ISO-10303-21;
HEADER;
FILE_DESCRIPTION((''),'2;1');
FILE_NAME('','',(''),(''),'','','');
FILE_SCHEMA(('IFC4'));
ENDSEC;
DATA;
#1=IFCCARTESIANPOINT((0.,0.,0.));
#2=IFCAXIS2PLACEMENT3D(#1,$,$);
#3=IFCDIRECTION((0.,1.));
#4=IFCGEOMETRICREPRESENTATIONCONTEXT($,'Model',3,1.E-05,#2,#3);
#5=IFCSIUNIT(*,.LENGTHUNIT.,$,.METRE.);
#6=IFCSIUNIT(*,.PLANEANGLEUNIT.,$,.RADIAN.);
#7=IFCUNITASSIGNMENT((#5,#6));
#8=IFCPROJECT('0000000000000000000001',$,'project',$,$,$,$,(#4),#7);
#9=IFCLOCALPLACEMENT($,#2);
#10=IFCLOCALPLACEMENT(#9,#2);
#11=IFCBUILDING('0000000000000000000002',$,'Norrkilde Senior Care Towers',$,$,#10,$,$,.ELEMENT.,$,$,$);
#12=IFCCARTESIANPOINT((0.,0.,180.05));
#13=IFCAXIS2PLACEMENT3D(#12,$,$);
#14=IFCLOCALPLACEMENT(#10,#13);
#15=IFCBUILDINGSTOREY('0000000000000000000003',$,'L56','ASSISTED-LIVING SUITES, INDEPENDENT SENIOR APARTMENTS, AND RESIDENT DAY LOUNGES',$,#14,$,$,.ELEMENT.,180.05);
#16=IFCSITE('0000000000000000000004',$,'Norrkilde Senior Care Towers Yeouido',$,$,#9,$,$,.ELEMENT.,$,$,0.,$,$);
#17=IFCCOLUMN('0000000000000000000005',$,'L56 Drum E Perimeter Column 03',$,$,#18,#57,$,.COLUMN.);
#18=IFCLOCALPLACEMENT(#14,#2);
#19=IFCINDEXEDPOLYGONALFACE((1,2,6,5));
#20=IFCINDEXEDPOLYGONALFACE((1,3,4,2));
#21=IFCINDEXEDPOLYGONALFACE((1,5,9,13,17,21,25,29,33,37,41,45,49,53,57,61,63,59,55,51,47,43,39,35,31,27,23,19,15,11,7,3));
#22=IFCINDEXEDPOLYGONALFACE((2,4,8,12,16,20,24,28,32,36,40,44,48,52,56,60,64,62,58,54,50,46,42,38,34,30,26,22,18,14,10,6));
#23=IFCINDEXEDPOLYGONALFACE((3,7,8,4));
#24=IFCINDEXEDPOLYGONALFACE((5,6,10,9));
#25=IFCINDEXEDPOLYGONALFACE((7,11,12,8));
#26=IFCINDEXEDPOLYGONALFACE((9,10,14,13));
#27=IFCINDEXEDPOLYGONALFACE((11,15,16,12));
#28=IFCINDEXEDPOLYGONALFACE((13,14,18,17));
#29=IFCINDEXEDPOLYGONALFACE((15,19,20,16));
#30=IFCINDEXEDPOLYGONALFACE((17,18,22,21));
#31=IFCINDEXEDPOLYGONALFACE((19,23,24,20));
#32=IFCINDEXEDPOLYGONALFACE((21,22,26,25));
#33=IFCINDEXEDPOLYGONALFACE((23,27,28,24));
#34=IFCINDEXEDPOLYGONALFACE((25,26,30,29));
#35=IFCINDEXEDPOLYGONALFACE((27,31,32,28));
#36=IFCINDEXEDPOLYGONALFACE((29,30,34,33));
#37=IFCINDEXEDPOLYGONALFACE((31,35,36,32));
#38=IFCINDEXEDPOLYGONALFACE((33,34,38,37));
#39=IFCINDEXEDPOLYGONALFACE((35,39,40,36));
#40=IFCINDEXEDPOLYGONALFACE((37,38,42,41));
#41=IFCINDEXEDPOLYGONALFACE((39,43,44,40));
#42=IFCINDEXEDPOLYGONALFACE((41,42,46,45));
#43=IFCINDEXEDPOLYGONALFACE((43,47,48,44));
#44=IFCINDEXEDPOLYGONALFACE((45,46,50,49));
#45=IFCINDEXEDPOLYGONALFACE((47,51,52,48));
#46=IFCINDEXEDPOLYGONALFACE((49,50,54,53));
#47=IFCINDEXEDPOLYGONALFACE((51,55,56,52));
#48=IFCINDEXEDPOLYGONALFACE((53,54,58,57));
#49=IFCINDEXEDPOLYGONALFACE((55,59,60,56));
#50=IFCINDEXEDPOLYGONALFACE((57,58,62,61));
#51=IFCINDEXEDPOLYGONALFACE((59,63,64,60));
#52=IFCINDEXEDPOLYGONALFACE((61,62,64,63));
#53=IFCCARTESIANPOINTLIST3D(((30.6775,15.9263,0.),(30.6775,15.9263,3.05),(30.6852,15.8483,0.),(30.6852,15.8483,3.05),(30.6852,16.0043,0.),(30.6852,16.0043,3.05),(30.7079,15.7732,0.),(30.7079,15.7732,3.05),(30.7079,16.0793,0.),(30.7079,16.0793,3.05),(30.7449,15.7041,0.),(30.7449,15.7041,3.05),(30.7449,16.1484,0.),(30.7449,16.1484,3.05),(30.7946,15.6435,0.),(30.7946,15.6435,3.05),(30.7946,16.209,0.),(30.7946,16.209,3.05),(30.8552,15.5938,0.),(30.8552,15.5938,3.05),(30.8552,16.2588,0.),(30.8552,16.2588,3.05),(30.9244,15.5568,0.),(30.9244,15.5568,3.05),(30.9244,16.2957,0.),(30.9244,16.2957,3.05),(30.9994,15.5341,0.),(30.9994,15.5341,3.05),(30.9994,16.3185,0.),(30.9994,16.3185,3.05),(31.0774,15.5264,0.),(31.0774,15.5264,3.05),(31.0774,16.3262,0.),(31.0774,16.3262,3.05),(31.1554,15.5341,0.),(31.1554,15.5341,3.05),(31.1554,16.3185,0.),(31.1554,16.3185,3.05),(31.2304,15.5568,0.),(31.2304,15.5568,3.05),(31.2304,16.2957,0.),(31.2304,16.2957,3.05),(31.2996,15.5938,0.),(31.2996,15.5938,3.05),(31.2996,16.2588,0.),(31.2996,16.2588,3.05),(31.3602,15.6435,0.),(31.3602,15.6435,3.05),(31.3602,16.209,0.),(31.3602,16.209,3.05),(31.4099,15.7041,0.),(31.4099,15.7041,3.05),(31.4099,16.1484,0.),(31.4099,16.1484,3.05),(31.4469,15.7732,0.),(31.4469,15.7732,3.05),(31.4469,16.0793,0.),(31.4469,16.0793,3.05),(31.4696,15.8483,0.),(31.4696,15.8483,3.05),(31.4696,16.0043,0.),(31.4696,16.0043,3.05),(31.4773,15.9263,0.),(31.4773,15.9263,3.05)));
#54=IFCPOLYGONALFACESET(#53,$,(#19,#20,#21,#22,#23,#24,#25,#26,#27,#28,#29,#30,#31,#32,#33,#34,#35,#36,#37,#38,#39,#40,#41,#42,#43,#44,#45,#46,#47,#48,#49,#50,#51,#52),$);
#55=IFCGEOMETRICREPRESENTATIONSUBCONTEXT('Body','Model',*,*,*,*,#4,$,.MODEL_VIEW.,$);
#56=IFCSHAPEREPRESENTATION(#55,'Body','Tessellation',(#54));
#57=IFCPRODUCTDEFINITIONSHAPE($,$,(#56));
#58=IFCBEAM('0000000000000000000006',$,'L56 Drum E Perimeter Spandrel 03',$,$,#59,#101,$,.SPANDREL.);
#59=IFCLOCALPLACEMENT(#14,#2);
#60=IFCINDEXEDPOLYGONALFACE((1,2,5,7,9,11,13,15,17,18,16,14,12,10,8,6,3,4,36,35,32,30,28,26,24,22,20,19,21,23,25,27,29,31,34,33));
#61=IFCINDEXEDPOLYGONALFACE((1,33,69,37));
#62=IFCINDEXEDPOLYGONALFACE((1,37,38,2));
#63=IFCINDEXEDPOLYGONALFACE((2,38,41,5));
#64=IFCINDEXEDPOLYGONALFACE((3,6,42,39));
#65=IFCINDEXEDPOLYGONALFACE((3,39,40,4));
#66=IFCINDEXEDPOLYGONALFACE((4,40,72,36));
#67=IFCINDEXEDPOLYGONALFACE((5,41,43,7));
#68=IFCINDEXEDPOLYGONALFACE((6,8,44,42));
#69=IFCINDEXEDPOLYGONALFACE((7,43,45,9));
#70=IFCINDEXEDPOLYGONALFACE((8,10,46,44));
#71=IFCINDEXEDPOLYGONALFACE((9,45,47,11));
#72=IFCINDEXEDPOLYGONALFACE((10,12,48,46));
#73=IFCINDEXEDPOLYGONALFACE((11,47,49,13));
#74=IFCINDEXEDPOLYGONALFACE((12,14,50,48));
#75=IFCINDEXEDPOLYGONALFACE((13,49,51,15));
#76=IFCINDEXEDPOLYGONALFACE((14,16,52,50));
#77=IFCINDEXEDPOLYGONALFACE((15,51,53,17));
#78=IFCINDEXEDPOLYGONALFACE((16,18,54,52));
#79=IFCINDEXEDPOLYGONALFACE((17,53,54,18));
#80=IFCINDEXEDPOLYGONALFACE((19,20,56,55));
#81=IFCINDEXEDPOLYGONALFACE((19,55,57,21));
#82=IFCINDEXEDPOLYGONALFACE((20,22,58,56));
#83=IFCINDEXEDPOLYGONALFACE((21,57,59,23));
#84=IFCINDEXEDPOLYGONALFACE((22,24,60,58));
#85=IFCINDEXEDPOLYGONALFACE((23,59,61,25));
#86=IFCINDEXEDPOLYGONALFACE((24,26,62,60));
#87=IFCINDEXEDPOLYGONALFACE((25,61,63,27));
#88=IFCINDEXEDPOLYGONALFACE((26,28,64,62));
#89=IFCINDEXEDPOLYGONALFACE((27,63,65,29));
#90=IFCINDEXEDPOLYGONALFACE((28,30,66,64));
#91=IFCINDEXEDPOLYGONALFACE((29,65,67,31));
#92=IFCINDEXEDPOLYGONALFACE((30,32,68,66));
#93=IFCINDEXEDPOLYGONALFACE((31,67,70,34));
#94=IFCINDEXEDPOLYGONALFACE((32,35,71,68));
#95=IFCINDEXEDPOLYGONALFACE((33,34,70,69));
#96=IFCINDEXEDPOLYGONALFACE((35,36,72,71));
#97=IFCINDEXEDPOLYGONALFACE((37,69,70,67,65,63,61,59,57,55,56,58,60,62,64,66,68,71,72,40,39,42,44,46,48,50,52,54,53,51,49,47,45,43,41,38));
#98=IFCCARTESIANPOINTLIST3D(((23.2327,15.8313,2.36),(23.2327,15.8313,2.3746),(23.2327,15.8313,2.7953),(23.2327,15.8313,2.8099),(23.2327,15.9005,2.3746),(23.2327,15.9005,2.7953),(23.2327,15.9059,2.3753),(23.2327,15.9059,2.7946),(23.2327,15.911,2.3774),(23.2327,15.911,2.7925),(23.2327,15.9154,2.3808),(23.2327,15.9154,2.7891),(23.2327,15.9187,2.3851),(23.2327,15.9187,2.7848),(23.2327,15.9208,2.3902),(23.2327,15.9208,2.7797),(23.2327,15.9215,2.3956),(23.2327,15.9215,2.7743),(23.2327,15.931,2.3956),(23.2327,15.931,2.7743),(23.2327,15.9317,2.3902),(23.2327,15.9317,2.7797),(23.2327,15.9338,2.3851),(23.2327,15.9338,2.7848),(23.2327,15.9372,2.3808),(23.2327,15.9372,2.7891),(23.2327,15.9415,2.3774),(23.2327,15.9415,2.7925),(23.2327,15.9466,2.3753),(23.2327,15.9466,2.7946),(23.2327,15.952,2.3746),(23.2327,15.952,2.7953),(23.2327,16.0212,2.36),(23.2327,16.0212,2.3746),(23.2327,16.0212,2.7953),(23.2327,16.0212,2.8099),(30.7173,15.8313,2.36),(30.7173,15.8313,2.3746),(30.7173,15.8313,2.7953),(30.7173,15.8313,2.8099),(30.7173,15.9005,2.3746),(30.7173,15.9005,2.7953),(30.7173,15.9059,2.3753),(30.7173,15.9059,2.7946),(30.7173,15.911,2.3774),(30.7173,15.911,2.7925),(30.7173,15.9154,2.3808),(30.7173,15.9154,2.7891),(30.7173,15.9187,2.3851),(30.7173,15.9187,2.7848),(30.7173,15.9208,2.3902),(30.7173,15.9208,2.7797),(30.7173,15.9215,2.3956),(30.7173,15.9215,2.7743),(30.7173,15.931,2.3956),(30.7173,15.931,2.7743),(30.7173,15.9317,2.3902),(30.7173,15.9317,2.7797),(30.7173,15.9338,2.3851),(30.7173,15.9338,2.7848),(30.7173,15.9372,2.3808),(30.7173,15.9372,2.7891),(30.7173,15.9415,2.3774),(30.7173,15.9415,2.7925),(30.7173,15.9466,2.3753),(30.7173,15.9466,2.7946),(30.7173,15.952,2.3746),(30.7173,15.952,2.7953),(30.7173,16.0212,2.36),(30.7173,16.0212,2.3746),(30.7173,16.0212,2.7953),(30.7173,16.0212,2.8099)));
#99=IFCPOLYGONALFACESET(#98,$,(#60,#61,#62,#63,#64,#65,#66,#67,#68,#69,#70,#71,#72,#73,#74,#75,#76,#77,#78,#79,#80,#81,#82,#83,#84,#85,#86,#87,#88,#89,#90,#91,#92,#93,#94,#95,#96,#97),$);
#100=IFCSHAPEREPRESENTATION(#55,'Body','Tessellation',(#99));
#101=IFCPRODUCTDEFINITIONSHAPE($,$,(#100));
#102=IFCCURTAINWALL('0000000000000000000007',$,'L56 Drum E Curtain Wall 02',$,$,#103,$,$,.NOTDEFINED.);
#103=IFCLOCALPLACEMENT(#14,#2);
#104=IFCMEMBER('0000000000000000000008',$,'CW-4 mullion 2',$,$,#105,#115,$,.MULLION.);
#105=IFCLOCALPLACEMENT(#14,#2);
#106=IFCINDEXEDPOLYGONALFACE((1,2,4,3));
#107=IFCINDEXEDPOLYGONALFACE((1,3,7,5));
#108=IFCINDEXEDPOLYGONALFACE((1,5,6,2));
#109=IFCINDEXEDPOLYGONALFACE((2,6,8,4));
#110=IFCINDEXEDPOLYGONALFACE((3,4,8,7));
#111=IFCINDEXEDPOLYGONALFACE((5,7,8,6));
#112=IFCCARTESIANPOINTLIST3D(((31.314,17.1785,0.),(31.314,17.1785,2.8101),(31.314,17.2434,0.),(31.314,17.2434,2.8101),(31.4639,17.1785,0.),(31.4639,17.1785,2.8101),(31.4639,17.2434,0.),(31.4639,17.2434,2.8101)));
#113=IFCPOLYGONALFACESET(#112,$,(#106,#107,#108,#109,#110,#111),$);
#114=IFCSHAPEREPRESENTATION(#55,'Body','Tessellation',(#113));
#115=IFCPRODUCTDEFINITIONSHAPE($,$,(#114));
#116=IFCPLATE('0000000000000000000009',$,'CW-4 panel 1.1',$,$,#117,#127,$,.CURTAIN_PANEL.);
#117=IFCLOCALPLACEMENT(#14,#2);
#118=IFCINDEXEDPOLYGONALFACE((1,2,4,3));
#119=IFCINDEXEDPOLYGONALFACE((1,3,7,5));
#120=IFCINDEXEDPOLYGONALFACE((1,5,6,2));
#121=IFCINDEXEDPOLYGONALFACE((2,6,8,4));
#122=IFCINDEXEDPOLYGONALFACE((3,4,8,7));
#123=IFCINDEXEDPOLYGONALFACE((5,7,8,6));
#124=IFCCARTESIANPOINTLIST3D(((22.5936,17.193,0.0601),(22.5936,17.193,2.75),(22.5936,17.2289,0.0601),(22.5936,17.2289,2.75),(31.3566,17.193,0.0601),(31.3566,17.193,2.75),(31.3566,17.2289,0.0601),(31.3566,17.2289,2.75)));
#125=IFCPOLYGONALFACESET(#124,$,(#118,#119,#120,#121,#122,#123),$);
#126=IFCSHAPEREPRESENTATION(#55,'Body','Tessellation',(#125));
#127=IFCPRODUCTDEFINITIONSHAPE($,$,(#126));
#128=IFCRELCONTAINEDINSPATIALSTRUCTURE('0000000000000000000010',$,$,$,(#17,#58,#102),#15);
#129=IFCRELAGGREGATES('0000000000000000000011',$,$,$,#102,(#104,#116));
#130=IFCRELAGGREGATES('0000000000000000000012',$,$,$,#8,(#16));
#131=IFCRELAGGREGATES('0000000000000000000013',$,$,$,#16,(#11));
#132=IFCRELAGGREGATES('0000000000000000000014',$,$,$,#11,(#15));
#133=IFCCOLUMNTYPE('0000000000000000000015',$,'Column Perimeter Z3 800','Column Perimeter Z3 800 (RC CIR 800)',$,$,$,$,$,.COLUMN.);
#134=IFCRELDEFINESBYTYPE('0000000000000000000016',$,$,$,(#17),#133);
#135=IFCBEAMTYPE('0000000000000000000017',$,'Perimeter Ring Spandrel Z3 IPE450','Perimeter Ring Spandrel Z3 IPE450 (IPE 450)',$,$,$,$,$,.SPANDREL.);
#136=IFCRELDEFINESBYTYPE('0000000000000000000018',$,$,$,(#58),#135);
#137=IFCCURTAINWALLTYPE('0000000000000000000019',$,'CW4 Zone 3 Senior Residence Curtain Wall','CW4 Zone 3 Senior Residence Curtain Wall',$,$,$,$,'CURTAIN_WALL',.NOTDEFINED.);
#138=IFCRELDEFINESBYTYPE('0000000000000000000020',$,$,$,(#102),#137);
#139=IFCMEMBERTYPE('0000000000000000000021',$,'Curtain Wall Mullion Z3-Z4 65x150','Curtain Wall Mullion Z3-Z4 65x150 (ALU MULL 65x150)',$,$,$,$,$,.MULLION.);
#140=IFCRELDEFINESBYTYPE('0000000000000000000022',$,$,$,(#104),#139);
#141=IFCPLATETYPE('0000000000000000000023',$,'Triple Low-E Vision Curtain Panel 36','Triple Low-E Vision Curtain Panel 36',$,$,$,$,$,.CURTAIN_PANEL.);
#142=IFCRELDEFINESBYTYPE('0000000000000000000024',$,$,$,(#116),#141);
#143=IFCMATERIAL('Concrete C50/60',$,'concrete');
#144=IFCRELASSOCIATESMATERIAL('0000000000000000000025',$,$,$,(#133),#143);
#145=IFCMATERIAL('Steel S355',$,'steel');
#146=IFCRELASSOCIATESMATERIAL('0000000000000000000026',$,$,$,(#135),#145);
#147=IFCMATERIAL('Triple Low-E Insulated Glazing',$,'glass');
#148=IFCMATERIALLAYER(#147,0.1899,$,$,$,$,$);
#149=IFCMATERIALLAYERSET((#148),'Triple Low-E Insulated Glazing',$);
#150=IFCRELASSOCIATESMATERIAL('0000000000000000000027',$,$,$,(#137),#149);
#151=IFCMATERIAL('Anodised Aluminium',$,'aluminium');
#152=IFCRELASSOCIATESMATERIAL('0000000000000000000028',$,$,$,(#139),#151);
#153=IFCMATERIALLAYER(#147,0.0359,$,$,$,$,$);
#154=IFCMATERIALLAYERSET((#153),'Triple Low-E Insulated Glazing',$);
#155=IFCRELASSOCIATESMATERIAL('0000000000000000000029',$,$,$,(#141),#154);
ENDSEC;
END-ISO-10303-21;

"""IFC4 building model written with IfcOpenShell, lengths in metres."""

from ifc_helpers import new_model, si_unit, direction, frame, origin, origin_2d, place, context, subcontext, project, spatial, rectangle, circle, i_section, extrude, source, transform, mapped, material, layer, layer_set, material_profile, profile_set, type_object, type_shapes, element, aggregate, save


model = new_model("IFC4")

# Units and contexts
model_context = context("Model", 3, precision=1e-05, world=origin(), true_north=direction((0.0, 1.0)))
body_context = subcontext(model_context, "Body", "Model", "MODEL_VIEW")
ifc_project = project(units=[si_unit("LENGTHUNIT", "METRE"), si_unit("PLANEANGLEUNIT", "RADIAN")], contexts=[model_context])

# Site, building, storey
site_placement = place(None, origin())
site = spatial("IfcSite", under=ifc_project, at=site_placement, Name="Norrkilde Senior Care Towers Yeouido", CompositionType="ELEMENT", RefElevation=0.0)
building_placement = place(site_placement, origin())
building = spatial("IfcBuilding", under=site, at=building_placement, Name="Norrkilde Senior Care Towers", CompositionType="ELEMENT")
storey_placement = place(building_placement, frame((0.0, 0.0, 180.05)))
storey = spatial("IfcBuildingStorey", under=building, at=storey_placement, Name="L56", Description="ASSISTED-LIVING SUITES, INDEPENDENT SENIOR APARTMENTS, AND RESIDENT DAY LOUNGES", CompositionType="ELEMENT", Elevation=180.05)

# Column
ifc_material_1 = material(Name="Concrete C50/60", Category="concrete")
ifc_material_profile_1 = material_profile(ifc_material_1, circle(Radius=0.3999, at=origin_2d()), Name="RC CIR 800")
ifc_profile_set_1 = profile_set([ifc_material_profile_1], Name="Concrete C50/60")
column_type = type_object("IfcColumnType", Name="Column Perimeter Z3 800", Description="Column Perimeter Z3 800 (RC CIR 800)", PredefinedType="COLUMN", material=ifc_profile_set_1)
shared_shape_1 = source(origin(), body_context, "Body", "SweptSolid", [
    extrude(circle(Radius=0.3999, at=origin_2d()), origin(), (0.0, 0.0, 1.0), 3.05),
])
type_shapes(column_type, [shared_shape_1])
column_placement = place(storey_placement, frame((31.0774, 15.9263, 0.0), z_axis=(0.0, 0.0, 1.0), x_axis=(1.0, 0.0, 0.0)))
element("IfcColumn", 1, at=column_placement, inside=storey, type_object=column_type, Name="L56 Drum E Perimeter Column 03", PredefinedType="COLUMN", context=body_context, shape_type="MappedRepresentation", body=[
    mapped(shared_shape_1, transform((0.0, 0.0, 0.0), x_axis=(1.0, 0.0, 0.0), y_axis=(0.0, 1.0, 0.0), z_axis=(0.0, 0.0, 1.0), scale=1.0)),
])

# Beam
ifc_material_2 = material(Name="Steel S355", Category="steel")
ifc_material_profile_2 = material_profile(ifc_material_2, i_section(OverallWidth=0.1899, OverallDepth=0.45, WebThickness=0.0095, FlangeThickness=0.0146, FilletRadius=0.021, at=origin_2d()), Name="IPE 450")
ifc_profile_set_2 = profile_set([ifc_material_profile_2], Name="Steel S355")
beam_type = type_object("IfcBeamType", Name="Perimeter Ring Spandrel Z3 IPE450", Description="Perimeter Ring Spandrel Z3 IPE450 (IPE 450)", PredefinedType="SPANDREL", material=ifc_profile_set_2)
shared_shape_2 = source(origin(), body_context, "Body", "SweptSolid", [
    extrude(i_section(OverallWidth=0.1899, OverallDepth=0.45, WebThickness=0.0095, FlangeThickness=0.0146, FilletRadius=0.021, at=origin_2d()), origin(), (0.0, 0.0, 1.0), 7.4846),
])
type_shapes(beam_type, [shared_shape_2])
beam_placement = place(storey_placement, frame((30.7173, 15.9263, 2.585), z_axis=(-1.0, 0.0, 0.0), x_axis=(0.0, -1.0, 0.0)))
element("IfcBeam", 2, at=beam_placement, inside=storey, type_object=beam_type, Name="L56 Drum E Perimeter Spandrel 03", PredefinedType="SPANDREL", context=body_context, shape_type="MappedRepresentation", body=[
    mapped(shared_shape_2, transform((0.0, 0.0, 0.0), x_axis=(1.0, 0.0, 0.0), y_axis=(0.0, 1.0, 0.0), z_axis=(0.0, 0.0, 1.0), scale=1.0)),
])

# Curtain wall, member, plate
ifc_material_3 = material(Name="Triple Low-E Insulated Glazing", Category="glass")
ifc_layer_1 = layer(ifc_material_3, 0.1899)
ifc_layer_set_1 = layer_set([ifc_layer_1], Name="Triple Low-E Insulated Glazing")
curtain_wall_type = type_object("IfcCurtainWallType", Name="CW4 Zone 3 Senior Residence Curtain Wall", Description="CW4 Zone 3 Senior Residence Curtain Wall", ElementType="CURTAIN_WALL", PredefinedType="NOTDEFINED", material=ifc_layer_set_1)
curtain_wall_placement = place(storey_placement, origin())
curtain_wall = element("IfcCurtainWall", 3, at=curtain_wall_placement, inside=storey, type_object=curtain_wall_type, Name="L56 Drum E Curtain Wall 02", PredefinedType="NOTDEFINED")
ifc_material_4 = material(Name="Anodised Aluminium", Category="aluminium")
ifc_material_profile_3 = material_profile(ifc_material_4, rectangle(XDim=0.0649, YDim=0.1499, at=origin_2d()), Name="ALU MULL 65x150")
ifc_profile_set_3 = profile_set([ifc_material_profile_3], Name="Anodised Aluminium")
member_type = type_object("IfcMemberType", Name="Curtain Wall Mullion Z3-Z4 65x150", Description="Curtain Wall Mullion Z3-Z4 65x150 (ALU MULL 65x150)", PredefinedType="MULLION", material=ifc_profile_set_3)
shared_shape_3 = source(origin(), body_context, "Body", "SweptSolid", [
    extrude(rectangle(XDim=0.0649, YDim=0.1499, at=origin_2d()), origin(), (0.0, 0.0, 1.0), 2.8101),
])
type_shapes(member_type, [shared_shape_3])
member_placement = place(storey_placement, frame((31.3889, 17.2109, 0.0), z_axis=(0.0, 0.0, 1.0), x_axis=(0.0, 1.0, 0.0)))
member = element("IfcMember", 4, at=member_placement, type_object=member_type, Name="CW-4 mullion 2", PredefinedType="MULLION", context=body_context, shape_type="MappedRepresentation", body=[
    mapped(shared_shape_3, transform((0.0, 0.0, 0.0), x_axis=(1.0, 0.0, 0.0), y_axis=(0.0, 1.0, 0.0), z_axis=(0.0, 0.0, 1.0), scale=1.0)),
])
ifc_layer_2 = layer(ifc_material_3, 0.0359)
ifc_layer_set_2 = layer_set([ifc_layer_2], Name="Triple Low-E Insulated Glazing")
plate_type = type_object("IfcPlateType", Name="Triple Low-E Vision Curtain Panel 36", Description="Triple Low-E Vision Curtain Panel 36", PredefinedType="CURTAIN_PANEL", material=ifc_layer_set_2)
shared_shape_4 = source(origin(), body_context, "Body", "SweptSolid", [
    extrude(rectangle(XDim=8.7629, YDim=0.0359, at=origin_2d()), origin(), (0.0, 0.0, 1.0), 2.6899),
])
type_shapes(plate_type, [shared_shape_4])
plate_placement = place(storey_placement, frame((26.9751, 17.2109, 0.0601), z_axis=(0.0, 0.0, 1.0), x_axis=(1.0, 0.0, 0.0)))
plate = element("IfcPlate", 5, at=plate_placement, type_object=plate_type, Name="CW-4 panel 1.1", PredefinedType="CURTAIN_PANEL", context=body_context, shape_type="MappedRepresentation", body=[
    mapped(shared_shape_4, transform((0.0, 0.0, 0.0), x_axis=(1.0, 0.0, 0.0), y_axis=(0.0, 1.0, 0.0), z_axis=(0.0, 0.0, 1.0), scale=1.0)),
])
aggregate(curtain_wall, [member, plate])

save(model, "model.ifc")
